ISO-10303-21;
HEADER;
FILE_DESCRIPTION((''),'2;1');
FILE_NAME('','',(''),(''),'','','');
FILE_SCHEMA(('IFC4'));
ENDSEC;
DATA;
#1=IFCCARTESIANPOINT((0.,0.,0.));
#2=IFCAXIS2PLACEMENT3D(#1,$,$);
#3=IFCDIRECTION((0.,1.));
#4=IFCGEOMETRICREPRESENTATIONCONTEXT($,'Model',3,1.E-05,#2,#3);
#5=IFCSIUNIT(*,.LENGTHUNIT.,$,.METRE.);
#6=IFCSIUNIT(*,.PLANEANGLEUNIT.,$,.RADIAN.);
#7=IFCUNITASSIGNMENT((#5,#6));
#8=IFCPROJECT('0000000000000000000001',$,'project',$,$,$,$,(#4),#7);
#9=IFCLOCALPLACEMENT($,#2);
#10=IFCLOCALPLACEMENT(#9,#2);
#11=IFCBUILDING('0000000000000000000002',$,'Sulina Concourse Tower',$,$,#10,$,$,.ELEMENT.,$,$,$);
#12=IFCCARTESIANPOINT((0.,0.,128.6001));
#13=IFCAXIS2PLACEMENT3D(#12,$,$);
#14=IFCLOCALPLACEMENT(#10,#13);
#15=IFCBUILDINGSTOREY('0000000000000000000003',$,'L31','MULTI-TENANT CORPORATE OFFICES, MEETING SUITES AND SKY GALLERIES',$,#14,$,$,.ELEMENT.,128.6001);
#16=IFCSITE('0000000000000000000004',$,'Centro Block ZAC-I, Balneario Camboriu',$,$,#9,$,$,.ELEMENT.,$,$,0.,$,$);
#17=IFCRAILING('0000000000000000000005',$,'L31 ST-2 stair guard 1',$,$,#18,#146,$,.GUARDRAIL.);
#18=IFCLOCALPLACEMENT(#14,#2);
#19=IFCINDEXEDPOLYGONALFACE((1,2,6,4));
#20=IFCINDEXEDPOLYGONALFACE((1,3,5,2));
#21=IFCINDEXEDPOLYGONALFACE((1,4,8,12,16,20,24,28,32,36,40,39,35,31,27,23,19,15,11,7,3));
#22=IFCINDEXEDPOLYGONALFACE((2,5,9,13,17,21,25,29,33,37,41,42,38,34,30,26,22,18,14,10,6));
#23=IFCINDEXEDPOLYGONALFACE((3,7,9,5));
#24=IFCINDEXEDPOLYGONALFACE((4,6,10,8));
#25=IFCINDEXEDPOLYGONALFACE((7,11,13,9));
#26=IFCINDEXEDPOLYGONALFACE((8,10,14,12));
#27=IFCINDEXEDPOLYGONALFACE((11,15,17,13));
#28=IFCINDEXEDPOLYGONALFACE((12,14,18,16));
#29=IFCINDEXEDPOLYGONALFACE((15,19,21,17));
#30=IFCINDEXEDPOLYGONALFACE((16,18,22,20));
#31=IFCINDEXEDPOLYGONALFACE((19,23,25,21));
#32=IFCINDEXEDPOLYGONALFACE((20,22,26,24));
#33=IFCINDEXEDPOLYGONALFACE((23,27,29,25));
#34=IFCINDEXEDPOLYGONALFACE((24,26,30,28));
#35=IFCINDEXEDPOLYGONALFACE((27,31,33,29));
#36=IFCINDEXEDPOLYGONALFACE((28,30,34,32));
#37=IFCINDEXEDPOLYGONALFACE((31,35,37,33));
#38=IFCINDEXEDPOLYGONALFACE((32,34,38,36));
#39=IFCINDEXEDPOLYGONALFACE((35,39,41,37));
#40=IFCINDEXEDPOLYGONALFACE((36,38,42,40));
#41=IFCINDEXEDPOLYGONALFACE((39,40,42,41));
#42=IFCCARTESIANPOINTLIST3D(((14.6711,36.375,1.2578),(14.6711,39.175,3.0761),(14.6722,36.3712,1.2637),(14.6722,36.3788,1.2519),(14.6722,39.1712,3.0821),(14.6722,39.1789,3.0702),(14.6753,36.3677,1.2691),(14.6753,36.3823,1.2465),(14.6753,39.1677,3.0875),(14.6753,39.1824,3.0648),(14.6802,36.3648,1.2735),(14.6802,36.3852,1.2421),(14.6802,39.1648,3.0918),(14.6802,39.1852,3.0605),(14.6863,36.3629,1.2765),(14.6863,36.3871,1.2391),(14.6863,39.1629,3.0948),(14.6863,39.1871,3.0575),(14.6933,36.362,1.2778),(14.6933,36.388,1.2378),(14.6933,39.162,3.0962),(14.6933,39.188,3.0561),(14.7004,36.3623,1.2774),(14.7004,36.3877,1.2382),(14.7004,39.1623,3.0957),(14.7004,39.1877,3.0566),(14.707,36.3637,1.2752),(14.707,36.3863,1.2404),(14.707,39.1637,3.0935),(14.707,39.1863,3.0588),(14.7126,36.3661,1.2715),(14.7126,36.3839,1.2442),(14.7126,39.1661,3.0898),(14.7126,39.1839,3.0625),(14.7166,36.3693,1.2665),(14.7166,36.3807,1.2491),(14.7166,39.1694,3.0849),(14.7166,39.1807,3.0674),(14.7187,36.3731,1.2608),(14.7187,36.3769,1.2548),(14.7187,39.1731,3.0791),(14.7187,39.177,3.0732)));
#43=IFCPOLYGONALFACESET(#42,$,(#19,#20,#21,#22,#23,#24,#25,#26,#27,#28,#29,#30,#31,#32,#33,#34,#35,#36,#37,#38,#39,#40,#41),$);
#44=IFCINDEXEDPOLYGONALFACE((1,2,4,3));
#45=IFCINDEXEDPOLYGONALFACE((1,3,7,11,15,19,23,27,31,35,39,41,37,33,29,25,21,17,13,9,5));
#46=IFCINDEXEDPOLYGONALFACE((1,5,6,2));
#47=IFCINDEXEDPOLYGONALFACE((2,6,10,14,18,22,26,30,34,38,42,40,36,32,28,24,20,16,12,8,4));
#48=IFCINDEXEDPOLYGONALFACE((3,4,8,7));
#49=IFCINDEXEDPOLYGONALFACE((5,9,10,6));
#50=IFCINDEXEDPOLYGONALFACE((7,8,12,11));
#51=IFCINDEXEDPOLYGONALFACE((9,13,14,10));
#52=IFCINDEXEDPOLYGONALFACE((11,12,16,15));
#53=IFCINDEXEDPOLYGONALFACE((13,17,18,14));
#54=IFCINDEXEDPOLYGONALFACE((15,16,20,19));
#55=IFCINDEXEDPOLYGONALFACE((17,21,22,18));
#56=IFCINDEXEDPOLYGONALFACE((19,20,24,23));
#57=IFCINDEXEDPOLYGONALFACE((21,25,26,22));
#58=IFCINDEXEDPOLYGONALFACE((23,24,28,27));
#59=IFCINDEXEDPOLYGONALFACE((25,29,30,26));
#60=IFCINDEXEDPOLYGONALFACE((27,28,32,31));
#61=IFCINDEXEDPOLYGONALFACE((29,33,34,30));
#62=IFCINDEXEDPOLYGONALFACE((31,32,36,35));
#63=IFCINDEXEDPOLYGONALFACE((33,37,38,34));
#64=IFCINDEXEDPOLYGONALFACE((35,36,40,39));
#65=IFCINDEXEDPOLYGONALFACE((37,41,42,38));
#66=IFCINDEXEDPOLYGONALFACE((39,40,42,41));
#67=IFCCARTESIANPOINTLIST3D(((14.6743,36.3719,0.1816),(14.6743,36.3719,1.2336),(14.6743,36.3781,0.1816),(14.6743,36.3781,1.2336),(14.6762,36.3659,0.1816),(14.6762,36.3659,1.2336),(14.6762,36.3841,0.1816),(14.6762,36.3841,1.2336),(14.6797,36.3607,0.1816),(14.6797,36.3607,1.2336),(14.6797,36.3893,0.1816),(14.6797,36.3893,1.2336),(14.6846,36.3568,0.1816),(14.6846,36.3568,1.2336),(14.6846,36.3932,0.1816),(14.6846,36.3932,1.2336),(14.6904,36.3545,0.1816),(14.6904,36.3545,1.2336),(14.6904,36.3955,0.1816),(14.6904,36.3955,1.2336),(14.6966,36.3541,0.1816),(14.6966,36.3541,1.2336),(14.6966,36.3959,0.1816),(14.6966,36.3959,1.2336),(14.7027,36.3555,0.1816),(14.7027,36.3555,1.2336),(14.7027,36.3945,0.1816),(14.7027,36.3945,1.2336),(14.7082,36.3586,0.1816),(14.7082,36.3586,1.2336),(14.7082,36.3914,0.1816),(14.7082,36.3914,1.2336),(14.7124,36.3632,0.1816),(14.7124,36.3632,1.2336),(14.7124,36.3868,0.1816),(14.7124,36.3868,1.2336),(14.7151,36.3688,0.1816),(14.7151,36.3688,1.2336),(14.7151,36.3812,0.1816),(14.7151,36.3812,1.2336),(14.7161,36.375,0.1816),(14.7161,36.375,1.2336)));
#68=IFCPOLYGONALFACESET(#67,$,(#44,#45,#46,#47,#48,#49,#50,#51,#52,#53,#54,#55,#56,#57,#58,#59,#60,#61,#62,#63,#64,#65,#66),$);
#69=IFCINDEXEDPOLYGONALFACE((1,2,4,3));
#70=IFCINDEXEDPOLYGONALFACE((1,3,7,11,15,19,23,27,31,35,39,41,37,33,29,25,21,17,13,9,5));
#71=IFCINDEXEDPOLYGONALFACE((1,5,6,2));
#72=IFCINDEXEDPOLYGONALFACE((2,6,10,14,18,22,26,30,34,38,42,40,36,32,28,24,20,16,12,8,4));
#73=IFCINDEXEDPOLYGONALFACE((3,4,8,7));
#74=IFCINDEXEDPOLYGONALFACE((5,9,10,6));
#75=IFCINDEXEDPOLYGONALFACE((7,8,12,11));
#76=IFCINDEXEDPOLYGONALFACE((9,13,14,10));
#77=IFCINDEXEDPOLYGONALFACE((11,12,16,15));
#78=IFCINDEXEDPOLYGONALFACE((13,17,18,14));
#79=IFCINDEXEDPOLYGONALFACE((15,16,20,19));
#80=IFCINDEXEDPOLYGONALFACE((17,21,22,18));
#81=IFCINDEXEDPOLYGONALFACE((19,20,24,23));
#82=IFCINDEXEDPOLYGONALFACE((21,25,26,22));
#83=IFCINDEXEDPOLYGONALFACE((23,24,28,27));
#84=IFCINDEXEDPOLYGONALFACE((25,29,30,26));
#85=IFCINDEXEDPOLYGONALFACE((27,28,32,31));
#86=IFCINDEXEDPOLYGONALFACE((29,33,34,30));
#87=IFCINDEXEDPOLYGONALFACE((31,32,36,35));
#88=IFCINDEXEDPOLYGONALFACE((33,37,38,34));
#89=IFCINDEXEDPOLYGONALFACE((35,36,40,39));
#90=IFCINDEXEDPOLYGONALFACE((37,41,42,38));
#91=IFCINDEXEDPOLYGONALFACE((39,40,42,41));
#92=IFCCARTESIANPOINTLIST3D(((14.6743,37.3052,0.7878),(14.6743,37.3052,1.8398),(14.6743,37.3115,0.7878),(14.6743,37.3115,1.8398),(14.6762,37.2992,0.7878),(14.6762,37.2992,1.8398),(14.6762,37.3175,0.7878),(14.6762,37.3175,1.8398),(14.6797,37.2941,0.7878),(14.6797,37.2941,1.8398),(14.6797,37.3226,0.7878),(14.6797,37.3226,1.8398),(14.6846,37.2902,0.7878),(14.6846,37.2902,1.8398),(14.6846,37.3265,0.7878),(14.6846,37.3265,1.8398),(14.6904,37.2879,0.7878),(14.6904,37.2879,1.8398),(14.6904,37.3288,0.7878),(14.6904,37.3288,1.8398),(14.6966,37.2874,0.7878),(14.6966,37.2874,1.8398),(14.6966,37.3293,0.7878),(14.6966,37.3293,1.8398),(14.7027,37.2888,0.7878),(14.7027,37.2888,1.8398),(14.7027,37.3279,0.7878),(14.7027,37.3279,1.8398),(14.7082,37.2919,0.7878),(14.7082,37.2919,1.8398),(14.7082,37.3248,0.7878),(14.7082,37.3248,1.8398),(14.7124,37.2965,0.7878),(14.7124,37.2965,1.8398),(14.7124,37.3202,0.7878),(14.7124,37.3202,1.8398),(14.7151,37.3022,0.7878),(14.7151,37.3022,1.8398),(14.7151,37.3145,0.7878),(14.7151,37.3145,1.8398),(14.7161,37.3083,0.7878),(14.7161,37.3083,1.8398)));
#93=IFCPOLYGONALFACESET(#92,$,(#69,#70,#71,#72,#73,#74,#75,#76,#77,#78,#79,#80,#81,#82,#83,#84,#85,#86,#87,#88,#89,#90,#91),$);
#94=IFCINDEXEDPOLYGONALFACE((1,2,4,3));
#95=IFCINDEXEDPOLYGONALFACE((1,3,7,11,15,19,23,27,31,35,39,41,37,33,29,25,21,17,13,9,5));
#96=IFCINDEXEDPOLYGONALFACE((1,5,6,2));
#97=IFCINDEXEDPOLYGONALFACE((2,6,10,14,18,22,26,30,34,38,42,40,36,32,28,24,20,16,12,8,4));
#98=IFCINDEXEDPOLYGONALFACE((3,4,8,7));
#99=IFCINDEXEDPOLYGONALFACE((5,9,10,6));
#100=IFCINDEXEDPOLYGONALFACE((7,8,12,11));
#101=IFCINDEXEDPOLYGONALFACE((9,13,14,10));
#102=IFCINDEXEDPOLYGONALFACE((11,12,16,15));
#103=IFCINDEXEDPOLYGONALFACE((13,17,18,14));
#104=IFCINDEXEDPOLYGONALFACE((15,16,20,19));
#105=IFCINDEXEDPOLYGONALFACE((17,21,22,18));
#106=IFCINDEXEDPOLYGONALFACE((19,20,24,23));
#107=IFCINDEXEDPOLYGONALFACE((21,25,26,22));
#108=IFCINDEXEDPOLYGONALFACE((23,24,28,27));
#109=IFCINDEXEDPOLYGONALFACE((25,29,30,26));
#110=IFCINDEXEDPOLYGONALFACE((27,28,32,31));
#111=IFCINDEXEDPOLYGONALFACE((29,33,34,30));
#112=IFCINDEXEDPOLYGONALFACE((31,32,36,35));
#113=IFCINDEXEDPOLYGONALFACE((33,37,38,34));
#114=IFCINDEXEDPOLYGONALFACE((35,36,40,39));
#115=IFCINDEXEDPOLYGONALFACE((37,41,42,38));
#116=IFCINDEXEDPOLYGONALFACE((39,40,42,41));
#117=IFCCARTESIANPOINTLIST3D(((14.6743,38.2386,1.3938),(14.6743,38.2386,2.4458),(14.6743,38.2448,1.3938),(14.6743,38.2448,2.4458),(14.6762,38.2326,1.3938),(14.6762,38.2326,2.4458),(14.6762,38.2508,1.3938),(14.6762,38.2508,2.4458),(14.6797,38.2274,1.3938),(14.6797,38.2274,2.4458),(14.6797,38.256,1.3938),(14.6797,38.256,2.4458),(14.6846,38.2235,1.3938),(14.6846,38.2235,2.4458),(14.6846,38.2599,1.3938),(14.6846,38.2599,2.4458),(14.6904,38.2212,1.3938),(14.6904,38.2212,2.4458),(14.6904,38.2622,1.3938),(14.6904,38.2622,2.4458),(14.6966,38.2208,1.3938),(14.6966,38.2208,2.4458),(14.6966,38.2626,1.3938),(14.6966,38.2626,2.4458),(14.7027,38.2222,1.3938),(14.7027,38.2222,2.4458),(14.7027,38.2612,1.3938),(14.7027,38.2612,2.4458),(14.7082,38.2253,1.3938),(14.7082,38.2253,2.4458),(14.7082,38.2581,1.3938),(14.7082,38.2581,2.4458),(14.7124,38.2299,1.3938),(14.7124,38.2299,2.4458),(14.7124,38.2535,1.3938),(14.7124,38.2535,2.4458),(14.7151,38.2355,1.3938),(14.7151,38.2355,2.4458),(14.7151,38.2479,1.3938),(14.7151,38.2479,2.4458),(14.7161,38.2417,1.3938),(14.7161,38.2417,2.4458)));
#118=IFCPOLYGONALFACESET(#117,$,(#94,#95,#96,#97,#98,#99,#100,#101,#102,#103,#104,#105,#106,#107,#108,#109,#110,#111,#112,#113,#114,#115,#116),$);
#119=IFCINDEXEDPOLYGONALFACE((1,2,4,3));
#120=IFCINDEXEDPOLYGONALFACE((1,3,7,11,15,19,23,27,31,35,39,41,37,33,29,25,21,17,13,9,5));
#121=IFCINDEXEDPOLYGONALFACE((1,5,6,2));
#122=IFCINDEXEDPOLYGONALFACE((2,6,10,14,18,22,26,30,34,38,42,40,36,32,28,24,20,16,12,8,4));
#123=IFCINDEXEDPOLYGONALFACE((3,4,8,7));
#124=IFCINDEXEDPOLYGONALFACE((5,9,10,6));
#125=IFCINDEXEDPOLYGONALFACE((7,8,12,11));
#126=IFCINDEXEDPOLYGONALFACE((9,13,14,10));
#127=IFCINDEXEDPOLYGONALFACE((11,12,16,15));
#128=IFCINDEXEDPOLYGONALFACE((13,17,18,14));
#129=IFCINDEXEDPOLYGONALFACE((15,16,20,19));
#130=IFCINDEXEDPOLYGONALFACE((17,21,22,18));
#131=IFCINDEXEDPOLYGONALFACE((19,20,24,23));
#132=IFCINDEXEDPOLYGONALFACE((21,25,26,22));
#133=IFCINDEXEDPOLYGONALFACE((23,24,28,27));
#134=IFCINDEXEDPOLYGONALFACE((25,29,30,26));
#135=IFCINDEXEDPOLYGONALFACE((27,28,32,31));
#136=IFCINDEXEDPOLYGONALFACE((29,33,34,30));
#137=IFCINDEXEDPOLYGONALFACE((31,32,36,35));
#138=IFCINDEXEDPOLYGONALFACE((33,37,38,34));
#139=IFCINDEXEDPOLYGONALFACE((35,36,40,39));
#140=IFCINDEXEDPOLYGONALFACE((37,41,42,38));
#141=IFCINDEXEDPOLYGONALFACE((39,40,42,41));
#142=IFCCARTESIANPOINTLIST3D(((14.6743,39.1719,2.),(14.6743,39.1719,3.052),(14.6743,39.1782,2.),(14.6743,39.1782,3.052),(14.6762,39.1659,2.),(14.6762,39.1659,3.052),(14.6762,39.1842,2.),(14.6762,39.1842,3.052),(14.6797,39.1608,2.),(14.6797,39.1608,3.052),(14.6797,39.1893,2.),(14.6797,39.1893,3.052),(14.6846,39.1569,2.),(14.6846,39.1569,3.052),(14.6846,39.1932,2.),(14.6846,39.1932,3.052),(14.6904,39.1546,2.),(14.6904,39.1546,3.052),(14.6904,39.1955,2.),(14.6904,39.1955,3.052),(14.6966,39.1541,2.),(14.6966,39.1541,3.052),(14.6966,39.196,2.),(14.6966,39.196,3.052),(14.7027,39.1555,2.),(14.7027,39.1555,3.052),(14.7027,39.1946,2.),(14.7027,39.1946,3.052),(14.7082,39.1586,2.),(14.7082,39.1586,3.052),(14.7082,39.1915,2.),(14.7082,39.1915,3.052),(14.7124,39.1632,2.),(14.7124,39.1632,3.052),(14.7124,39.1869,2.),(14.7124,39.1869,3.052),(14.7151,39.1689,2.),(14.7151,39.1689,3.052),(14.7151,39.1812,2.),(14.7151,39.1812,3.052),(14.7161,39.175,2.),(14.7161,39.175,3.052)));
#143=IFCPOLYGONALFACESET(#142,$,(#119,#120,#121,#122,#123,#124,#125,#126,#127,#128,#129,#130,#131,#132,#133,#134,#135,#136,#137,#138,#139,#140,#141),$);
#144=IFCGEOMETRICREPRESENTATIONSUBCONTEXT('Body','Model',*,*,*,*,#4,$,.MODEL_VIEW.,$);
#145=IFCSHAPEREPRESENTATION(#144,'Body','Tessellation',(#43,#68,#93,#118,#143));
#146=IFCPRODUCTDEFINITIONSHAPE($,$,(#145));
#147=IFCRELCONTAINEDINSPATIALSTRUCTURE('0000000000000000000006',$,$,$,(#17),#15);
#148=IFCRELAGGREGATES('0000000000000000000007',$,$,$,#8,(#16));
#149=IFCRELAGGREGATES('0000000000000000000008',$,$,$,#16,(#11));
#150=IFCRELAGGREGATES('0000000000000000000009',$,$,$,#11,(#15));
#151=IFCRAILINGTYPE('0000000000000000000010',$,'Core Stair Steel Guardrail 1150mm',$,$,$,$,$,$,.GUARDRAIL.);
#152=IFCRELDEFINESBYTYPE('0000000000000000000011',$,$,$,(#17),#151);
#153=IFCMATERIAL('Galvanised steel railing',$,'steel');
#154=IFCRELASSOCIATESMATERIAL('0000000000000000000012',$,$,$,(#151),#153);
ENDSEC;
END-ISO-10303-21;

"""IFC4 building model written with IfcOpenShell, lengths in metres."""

from ifc_helpers import new_model, si_unit, direction, frame, origin, origin_2d, place, context, subcontext, project, spatial, circle, extrude, material, type_object, element, save


model = new_model("IFC4")

# Units and contexts
model_context = context("Model", 3, precision=1e-05, world=origin(), true_north=direction((0.0, 1.0)))
body_context = subcontext(model_context, "Body", "Model", "MODEL_VIEW")
ifc_project = project(units=[si_unit("LENGTHUNIT", "METRE"), si_unit("PLANEANGLEUNIT", "RADIAN")], contexts=[model_context])

# Site, building, storey
site_placement = place(None, origin())
site = spatial("IfcSite", under=ifc_project, at=site_placement, Name="Centro Block ZAC-I, Balneario Camboriu", CompositionType="ELEMENT", RefElevation=0.0)
building_placement = place(site_placement, origin())
building = spatial("IfcBuilding", under=site, at=building_placement, Name="Sulina Concourse Tower", CompositionType="ELEMENT")
storey_placement = place(building_placement, frame((0.0, 0.0, 128.6001)))
storey = spatial("IfcBuildingStorey", under=building, at=storey_placement, Name="L31", Description="MULTI-TENANT CORPORATE OFFICES, MEETING SUITES AND SKY GALLERIES", CompositionType="ELEMENT", Elevation=128.6001)

# Railing
ifc_material_1 = material(Name="Galvanised steel railing", Category="steel")
railing_type_1 = type_object("IfcRailingType", Name="Core Stair Steel Guardrail 1150mm", PredefinedType="GUARDRAIL", material=ifc_material_1)
railing_1_placement = place(storey_placement, frame((14.6951, 36.375, 0.1816)))
element("IfcRailing", 1, at=railing_1_placement, inside=storey, type_object=railing_type_1, Name="L31 ST-2 stair guard 1", PredefinedType="GUARDRAIL", context=body_context, shape_type="SweptSolid", body=[
    extrude(circle(Radius=0.0239, at=origin_2d()), frame((0.0, 0.0, 1.0762), z_axis=(0.0, 0.838672, 0.544636), x_axis=(-1.0, 0.0, 0.0)), (0.0, 0.0, 1.0), 3.3386),
    extrude(circle(Radius=0.021, at=origin_2d()), origin(), (0.0, 0.0, 1.0), 1.052),
    extrude(circle(Radius=0.021, at=origin_2d()), frame((0.0, 0.9333, 0.6062)), (0.0, 0.0, 1.0), 1.052),
    extrude(circle(Radius=0.021, at=origin_2d()), frame((0.0, 1.8667, 1.2122)), (0.0, 0.0, 1.0), 1.052),
    extrude(circle(Radius=0.021, at=origin_2d()), frame((0.0, 2.8, 1.8184)), (0.0, 0.0, 1.0), 1.052),
])

save(model, "model.ifc")
